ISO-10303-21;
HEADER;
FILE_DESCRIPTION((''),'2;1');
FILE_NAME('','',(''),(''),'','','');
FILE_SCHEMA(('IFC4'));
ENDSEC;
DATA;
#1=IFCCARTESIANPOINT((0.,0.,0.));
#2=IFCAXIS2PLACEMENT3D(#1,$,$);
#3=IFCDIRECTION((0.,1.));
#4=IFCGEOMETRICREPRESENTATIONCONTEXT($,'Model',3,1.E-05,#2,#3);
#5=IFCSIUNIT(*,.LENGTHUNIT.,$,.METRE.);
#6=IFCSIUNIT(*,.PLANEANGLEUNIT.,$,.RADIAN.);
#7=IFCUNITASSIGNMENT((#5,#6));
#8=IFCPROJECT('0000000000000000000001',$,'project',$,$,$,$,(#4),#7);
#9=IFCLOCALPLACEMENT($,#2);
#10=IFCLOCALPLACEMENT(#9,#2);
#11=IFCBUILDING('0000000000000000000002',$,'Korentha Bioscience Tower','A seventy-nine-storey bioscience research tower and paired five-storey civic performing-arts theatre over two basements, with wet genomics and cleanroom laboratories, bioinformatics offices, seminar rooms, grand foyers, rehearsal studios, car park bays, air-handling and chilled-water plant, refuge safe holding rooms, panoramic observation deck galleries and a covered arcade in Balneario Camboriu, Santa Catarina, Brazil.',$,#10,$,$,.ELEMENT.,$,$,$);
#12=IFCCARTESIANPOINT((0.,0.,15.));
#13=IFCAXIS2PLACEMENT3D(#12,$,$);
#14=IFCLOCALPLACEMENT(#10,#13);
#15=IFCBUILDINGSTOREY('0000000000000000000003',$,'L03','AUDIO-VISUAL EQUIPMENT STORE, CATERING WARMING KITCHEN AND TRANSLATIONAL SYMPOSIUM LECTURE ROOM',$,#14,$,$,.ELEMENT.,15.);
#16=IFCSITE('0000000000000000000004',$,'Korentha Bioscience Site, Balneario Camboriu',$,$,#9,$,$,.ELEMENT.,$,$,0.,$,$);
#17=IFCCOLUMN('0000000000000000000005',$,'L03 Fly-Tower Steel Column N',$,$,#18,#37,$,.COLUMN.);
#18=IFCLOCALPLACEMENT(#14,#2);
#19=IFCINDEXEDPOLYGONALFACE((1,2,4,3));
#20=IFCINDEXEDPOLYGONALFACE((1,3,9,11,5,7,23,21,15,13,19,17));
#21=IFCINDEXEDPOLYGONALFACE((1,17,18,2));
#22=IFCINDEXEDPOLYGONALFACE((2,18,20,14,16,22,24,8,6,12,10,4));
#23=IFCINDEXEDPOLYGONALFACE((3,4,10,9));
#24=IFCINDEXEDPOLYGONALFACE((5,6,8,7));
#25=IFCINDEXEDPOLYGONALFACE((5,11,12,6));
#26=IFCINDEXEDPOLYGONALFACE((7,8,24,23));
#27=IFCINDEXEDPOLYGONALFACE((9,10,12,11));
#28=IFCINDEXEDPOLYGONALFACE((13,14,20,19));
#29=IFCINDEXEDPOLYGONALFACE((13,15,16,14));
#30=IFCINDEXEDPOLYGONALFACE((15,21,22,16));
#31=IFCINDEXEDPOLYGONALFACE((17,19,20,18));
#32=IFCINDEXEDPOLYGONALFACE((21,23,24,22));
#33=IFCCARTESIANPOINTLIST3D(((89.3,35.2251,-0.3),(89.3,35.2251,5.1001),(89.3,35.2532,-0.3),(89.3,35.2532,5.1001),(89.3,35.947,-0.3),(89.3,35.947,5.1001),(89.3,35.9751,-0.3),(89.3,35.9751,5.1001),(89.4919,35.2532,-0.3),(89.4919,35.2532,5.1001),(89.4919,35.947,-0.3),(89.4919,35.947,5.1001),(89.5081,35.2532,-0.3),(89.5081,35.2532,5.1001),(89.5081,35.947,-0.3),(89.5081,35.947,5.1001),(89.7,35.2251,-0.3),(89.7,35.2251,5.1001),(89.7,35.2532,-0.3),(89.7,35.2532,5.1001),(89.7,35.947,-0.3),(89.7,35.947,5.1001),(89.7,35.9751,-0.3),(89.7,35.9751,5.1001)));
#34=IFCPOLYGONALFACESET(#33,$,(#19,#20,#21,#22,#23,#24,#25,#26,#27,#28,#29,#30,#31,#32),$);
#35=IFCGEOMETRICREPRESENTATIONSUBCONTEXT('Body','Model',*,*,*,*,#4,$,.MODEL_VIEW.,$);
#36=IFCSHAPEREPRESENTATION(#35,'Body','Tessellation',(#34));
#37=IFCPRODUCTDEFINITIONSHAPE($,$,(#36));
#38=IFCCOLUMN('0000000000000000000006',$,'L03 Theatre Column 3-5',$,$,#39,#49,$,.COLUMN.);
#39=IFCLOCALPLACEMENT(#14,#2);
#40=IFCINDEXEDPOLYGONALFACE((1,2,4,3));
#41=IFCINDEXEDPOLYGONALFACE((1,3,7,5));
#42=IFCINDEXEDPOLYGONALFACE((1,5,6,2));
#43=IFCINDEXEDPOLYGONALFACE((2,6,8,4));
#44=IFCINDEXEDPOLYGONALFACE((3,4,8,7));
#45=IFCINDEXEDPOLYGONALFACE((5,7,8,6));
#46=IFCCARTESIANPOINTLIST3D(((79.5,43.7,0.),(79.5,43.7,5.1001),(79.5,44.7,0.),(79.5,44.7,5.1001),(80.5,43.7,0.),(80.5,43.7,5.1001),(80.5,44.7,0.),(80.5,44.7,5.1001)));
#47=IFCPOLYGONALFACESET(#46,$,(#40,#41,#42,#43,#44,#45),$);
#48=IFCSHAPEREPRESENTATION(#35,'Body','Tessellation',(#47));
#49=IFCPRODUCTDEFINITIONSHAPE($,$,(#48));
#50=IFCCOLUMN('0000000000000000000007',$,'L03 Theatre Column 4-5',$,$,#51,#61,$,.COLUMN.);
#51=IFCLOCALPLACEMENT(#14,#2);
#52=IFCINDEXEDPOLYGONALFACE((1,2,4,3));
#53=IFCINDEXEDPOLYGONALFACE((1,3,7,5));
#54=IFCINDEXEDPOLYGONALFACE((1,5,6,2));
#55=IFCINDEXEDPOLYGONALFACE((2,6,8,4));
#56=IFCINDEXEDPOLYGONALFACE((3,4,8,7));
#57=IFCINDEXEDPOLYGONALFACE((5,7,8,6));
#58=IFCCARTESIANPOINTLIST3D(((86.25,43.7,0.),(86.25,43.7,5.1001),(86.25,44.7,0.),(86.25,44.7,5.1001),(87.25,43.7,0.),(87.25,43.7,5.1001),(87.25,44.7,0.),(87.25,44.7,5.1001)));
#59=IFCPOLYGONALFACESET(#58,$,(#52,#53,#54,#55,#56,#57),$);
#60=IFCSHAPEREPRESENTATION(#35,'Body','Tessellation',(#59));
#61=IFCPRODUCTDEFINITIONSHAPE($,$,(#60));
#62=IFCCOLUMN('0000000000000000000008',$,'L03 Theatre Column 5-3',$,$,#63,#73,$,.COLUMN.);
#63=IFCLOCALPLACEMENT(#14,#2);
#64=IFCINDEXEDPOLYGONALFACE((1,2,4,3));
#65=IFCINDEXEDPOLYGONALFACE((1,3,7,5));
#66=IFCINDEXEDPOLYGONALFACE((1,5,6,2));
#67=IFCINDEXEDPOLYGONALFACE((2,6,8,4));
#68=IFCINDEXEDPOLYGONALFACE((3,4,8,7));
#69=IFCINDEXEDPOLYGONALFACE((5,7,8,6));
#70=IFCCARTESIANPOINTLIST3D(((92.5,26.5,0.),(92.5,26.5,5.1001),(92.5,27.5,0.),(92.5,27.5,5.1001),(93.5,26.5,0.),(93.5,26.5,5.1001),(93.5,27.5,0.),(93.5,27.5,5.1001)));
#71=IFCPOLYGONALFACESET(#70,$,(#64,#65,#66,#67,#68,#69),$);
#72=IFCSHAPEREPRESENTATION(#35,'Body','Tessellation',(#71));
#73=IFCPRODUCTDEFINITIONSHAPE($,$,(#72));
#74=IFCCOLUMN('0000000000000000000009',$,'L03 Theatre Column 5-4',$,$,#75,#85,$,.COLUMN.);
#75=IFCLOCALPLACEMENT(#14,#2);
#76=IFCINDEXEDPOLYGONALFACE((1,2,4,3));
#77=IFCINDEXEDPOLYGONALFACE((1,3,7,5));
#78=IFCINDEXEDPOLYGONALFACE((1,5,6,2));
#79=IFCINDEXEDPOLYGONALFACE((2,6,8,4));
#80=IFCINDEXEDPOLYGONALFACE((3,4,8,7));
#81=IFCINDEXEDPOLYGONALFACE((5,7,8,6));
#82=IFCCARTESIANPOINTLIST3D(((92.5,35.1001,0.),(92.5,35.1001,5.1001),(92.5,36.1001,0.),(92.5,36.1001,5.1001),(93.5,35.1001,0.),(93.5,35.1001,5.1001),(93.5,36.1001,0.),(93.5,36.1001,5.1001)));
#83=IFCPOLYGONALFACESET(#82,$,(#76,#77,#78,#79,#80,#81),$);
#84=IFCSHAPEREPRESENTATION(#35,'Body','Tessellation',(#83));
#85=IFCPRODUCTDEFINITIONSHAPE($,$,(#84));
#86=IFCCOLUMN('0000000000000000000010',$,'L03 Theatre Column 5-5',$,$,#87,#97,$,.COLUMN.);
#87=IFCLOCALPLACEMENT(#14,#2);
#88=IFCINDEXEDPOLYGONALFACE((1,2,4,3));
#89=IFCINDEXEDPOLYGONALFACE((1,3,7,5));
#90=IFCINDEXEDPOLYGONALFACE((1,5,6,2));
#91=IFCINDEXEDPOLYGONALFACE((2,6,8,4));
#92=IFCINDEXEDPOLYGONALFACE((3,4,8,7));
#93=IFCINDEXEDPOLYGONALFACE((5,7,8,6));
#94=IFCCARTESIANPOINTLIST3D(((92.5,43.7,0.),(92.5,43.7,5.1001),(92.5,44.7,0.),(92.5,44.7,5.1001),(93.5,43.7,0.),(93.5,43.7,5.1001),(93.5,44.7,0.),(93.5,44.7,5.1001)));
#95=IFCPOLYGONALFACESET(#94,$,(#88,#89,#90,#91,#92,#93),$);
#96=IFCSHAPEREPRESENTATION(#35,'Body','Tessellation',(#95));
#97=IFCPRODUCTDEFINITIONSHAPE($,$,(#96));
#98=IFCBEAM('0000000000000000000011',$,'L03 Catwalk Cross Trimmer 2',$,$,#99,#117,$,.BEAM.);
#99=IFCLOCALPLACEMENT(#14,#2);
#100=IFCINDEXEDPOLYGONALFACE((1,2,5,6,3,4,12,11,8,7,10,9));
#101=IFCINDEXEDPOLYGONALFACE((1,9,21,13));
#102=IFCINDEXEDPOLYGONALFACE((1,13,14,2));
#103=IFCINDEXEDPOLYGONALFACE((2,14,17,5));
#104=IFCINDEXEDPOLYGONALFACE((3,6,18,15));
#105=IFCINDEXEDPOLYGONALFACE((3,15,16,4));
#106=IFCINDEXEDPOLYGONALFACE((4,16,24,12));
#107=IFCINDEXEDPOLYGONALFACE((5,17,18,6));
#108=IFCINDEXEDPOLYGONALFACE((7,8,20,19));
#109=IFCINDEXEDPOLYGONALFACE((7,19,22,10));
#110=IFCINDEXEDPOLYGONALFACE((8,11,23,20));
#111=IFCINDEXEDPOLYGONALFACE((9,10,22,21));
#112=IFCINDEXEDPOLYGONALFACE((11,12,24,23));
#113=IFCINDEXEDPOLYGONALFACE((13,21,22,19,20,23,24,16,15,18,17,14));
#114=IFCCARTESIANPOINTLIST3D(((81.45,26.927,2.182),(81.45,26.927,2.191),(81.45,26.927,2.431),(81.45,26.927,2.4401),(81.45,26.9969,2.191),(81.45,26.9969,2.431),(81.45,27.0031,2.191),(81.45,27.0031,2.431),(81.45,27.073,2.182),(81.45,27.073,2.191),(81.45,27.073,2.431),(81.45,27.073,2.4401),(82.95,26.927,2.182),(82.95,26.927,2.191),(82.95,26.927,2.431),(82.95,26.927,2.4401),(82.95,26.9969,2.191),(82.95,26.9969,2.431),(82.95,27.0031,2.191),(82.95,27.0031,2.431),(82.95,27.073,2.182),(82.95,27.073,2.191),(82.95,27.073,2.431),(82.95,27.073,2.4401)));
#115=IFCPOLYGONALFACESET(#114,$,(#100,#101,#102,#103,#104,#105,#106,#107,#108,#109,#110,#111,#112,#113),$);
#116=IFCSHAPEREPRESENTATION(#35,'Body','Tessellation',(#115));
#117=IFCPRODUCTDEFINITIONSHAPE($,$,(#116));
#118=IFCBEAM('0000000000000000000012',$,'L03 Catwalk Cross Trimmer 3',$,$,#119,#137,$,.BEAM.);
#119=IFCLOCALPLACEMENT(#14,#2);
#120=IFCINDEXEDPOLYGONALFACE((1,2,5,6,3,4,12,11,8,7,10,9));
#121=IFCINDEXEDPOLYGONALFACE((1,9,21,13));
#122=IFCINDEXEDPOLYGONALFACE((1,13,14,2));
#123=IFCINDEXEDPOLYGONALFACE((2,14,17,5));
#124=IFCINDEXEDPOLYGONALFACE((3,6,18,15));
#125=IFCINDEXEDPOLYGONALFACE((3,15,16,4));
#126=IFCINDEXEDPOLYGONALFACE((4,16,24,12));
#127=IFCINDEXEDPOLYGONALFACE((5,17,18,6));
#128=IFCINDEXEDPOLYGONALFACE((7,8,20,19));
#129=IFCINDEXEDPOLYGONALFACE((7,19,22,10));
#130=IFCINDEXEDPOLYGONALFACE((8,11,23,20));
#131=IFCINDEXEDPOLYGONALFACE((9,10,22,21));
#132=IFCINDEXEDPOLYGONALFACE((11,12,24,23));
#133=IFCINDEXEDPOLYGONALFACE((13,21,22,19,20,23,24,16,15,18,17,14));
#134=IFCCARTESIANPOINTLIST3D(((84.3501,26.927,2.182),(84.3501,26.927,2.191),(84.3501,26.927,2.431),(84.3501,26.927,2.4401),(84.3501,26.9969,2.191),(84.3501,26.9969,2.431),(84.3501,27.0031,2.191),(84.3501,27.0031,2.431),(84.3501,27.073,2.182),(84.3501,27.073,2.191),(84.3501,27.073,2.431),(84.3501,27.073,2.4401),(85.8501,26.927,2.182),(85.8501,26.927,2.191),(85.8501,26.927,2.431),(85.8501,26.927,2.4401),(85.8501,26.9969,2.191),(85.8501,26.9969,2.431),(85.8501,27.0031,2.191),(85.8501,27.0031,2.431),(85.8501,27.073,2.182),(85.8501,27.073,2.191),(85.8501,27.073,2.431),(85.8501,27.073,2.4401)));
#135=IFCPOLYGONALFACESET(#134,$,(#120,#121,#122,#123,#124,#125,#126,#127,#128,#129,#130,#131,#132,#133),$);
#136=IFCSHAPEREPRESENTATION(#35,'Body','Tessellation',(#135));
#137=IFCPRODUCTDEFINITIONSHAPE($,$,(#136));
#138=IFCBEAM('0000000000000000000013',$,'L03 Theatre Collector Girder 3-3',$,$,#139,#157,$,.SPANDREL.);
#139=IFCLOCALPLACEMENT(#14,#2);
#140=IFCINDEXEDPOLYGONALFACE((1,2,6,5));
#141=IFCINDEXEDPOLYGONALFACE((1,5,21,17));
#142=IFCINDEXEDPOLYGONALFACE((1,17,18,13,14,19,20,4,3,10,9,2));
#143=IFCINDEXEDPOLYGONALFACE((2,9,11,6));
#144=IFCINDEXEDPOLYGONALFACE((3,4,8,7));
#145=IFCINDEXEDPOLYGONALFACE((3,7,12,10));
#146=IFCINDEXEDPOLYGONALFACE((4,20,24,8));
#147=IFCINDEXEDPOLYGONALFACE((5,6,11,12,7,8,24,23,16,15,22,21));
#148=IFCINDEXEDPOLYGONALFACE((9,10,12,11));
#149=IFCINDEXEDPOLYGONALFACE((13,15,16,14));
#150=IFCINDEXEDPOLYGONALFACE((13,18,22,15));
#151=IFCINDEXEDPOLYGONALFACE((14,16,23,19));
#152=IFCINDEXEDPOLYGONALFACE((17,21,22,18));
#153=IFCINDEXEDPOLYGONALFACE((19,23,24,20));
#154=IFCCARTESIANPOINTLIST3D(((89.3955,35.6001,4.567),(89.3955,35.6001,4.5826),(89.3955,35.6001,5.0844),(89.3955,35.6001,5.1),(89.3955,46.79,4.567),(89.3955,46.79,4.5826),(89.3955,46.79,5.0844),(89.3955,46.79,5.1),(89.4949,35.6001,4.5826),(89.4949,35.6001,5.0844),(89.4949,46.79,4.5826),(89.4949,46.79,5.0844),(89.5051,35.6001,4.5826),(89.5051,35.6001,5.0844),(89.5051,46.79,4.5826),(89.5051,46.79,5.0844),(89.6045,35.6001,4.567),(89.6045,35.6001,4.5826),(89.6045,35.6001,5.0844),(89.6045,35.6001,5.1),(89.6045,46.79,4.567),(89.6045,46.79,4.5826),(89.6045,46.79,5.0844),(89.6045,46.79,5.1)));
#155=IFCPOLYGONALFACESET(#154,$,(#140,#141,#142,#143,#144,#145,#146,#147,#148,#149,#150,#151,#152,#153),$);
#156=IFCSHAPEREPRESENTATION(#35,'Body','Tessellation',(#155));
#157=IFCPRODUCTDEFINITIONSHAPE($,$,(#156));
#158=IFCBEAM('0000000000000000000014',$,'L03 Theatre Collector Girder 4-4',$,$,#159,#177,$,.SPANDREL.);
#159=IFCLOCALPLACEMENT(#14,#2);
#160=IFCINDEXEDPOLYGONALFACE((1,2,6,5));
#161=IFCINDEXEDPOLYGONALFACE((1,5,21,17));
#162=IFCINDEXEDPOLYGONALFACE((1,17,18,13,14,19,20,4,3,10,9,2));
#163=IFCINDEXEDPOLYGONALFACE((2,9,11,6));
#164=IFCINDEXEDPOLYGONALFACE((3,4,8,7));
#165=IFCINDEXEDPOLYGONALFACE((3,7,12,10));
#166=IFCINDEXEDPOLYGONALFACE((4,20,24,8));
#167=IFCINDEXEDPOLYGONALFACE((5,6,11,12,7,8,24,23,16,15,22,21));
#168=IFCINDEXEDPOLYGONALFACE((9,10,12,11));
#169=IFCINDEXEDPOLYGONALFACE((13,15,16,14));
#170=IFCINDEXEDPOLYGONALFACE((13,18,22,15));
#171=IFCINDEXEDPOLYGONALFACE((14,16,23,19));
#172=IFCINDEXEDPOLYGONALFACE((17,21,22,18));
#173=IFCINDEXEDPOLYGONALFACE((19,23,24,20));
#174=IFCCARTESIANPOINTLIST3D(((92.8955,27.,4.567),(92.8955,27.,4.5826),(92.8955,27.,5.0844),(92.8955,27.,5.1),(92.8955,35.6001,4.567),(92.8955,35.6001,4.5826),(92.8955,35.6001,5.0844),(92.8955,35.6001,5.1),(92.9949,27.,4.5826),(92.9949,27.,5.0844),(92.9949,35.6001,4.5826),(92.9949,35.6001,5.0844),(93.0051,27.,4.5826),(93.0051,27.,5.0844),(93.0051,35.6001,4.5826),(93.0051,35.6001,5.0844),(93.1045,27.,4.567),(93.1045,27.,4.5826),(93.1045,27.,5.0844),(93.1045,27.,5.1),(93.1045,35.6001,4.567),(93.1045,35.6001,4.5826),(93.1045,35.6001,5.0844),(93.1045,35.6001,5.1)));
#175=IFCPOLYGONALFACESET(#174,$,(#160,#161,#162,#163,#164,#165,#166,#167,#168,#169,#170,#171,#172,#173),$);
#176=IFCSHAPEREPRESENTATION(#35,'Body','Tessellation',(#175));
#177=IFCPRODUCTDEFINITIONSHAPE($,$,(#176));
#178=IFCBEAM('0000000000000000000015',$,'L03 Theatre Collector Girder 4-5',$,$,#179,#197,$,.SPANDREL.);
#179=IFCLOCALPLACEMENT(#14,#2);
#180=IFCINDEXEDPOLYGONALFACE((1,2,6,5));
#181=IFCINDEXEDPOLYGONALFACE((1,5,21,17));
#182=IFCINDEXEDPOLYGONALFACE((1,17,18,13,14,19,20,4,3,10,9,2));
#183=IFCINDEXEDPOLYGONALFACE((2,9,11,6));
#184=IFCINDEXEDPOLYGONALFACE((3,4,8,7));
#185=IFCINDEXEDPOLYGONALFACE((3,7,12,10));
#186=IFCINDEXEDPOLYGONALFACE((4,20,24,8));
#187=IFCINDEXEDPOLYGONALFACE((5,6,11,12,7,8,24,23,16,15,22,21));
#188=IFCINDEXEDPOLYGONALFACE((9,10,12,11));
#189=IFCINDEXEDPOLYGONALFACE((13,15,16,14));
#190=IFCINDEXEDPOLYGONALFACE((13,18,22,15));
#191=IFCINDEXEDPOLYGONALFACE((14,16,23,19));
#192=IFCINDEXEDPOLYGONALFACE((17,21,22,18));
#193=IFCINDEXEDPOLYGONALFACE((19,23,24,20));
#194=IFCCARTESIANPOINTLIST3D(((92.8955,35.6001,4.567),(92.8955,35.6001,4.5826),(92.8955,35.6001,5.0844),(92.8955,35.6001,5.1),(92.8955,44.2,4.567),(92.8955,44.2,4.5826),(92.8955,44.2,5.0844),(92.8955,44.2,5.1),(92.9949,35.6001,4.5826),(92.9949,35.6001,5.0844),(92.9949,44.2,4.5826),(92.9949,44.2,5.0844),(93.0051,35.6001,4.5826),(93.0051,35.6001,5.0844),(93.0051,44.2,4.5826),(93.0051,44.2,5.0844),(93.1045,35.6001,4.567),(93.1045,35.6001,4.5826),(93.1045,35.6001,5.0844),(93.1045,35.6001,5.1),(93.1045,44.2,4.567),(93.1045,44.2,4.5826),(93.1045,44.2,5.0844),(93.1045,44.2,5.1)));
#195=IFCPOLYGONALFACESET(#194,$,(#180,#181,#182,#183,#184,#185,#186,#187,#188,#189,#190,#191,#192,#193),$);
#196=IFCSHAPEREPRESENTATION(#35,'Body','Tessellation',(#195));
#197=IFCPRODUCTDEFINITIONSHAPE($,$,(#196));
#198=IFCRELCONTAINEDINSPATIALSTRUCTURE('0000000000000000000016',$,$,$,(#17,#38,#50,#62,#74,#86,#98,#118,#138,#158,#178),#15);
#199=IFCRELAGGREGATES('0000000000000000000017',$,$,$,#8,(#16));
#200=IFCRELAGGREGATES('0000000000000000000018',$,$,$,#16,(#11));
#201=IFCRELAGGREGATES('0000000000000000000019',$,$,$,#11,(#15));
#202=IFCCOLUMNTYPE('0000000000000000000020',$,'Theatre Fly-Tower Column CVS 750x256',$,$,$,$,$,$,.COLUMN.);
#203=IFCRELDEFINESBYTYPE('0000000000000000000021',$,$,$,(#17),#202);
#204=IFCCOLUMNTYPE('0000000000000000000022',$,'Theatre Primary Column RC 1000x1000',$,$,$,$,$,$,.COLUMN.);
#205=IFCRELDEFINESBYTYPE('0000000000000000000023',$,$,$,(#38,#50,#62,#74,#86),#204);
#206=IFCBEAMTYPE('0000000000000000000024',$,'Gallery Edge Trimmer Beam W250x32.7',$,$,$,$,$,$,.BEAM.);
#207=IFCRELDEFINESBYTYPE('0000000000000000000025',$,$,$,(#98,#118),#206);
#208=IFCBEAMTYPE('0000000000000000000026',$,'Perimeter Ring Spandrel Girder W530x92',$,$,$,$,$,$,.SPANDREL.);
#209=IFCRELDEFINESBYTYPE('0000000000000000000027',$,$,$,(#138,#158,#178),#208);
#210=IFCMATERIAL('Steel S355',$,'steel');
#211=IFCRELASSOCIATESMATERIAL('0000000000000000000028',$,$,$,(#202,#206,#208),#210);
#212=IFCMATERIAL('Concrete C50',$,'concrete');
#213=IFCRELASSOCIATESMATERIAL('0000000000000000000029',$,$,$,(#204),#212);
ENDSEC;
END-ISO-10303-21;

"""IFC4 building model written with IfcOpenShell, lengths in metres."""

from ifc_helpers import new_model, si_unit, direction, frame, origin, origin_2d, place, context, subcontext, project, spatial, rectangle, i_section, extrude, material, material_profile, profile_set, type_object, element, save


model = new_model("IFC4")

# Units and contexts
model_context = context("Model", 3, precision=1e-05, world=origin(), true_north=direction((0.0, 1.0)))
body_context = subcontext(model_context, "Body", "Model", "MODEL_VIEW")
ifc_project = project(units=[si_unit("LENGTHUNIT", "METRE"), si_unit("PLANEANGLEUNIT", "RADIAN")], contexts=[model_context])

# Site, building, storey
site_placement = place(None, origin())
site = spatial("IfcSite", under=ifc_project, at=site_placement, Name="Korentha Bioscience Site, Balneario Camboriu", CompositionType="ELEMENT", RefElevation=0.0)
building_placement = place(site_placement, origin())
building = spatial("IfcBuilding", under=site, at=building_placement, Name="Korentha Bioscience Tower", Description="A seventy-nine-storey bioscience research tower and paired five-storey civic performing-arts theatre over two basements, with wet genomics and cleanroom laboratories, bioinformatics offices, seminar rooms, grand foyers, rehearsal studios, car park bays, air-handling and chilled-water plant, refuge safe holding rooms, panoramic observation deck galleries and a covered arcade in Balneario Camboriu, Santa Catarina, Brazil.", CompositionType="ELEMENT")
storey_placement = place(building_placement, frame((0.0, 0.0, 15.0)))
storey = spatial("IfcBuildingStorey", under=building, at=storey_placement, Name="L03", Description="AUDIO-VISUAL EQUIPMENT STORE, CATERING WARMING KITCHEN AND TRANSLATIONAL SYMPOSIUM LECTURE ROOM", CompositionType="ELEMENT", Elevation=15.0)

# Columns
ifc_material_1 = material(Name="Steel S355", Category="steel")
ifc_material_profile_1 = material_profile(ifc_material_1, i_section(OverallWidth=0.3999, OverallDepth=0.75, WebThickness=0.0161, FlangeThickness=0.0281, at=origin_2d()), Name="Steel S355")
ifc_profile_set_1 = profile_set([ifc_material_profile_1], Name="Steel S355 (TC-02)")
column_type_1 = type_object("IfcColumnType", Name="Theatre Fly-Tower Column CVS 750x256", PredefinedType="COLUMN", material=ifc_profile_set_1)
column_placement = place(storey_placement, frame((89.5, 35.6001, -0.3), z_axis=(0.0, 0.0, 1.0), x_axis=(1.0, 0.0, 0.0)))
element("IfcColumn", 1, at=column_placement, inside=storey, type_object=column_type_1, Name="L03 Fly-Tower Steel Column N", PredefinedType="COLUMN", context=body_context, shape_type="SweptSolid", body=[
    extrude(i_section(OverallWidth=0.3999, OverallDepth=0.75, WebThickness=0.0161, FlangeThickness=0.0281, at=origin_2d()), origin(), (0.0, 0.0, 1.0), 5.4001),
])
ifc_material_2 = material(Name="Concrete C50", Category="concrete")
ifc_material_profile_2 = material_profile(ifc_material_2, rectangle(XDim=1.0, YDim=1.0, at=origin_2d()), Name="Concrete C50")
ifc_profile_set_2 = profile_set([ifc_material_profile_2], Name="Concrete C50 (TC-01)")
column_type_2 = type_object("IfcColumnType", Name="Theatre Primary Column RC 1000x1000", PredefinedType="COLUMN", material=ifc_profile_set_2)
for number, where, z_axis, x_axis, name in (
    (2, (80.0, 44.2, 0.0), (0.0, 0.0, 1.0), (1.0, 0.0, 0.0), "L03 Theatre Column 3-5"),
    (3, (86.75, 44.2, 0.0), (0.0, 0.0, 1.0), (1.0, 0.0, 0.0), "L03 Theatre Column 4-5"),
    (4, (93.0, 27.0, 0.0), (0.0, 0.0, 1.0), (1.0, 0.0, 0.0), "L03 Theatre Column 5-3"),
    (5, (93.0, 35.6001, 0.0), (0.0, 0.0, 1.0), (1.0, 0.0, 0.0), "L03 Theatre Column 5-4"),
    (6, (93.0, 44.2, 0.0), (0.0, 0.0, 1.0), (1.0, 0.0, 0.0), "L03 Theatre Column 5-5"),
):
    element("IfcColumn", number, at=place(storey_placement, frame(where, z_axis=z_axis, x_axis=x_axis)), inside=storey, type_object=column_type_2, Name=name, PredefinedType="COLUMN", context=body_context, shape_type="SweptSolid", body=[
        extrude(rectangle(XDim=1.0, YDim=1.0, at=origin_2d()), origin(), (0.0, 0.0, 1.0), 5.1001),
    ])

# Beams
ifc_material_profile_3 = material_profile(ifc_material_1, i_section(OverallWidth=0.146, OverallDepth=0.2581, WebThickness=0.0061, FlangeThickness=0.009, at=origin_2d()), Name="Steel S355")
ifc_profile_set_3 = profile_set([ifc_material_profile_3], Name="Steel S355 (GT-250)")
beam_type_1 = type_object("IfcBeamType", Name="Gallery Edge Trimmer Beam W250x32.7", PredefinedType="BEAM", material=ifc_profile_set_3)
for number, where, z_axis, x_axis, name in (
    (7, (81.45, 27.0, 2.311), (1.0, 0.0, 0.0), (0.0, 1.0, 0.0), "L03 Catwalk Cross Trimmer 2"),
    (8, (84.3501, 27.0, 2.311), (1.0, 0.0, 0.0), (0.0, 1.0, 0.0), "L03 Catwalk Cross Trimmer 3"),
):
    element("IfcBeam", number, at=place(storey_placement, frame(where, z_axis=z_axis, x_axis=x_axis)), inside=storey, type_object=beam_type_1, Name=name, PredefinedType="BEAM", context=body_context, shape_type="SweptSolid", body=[
        extrude(i_section(OverallWidth=0.146, OverallDepth=0.2581, WebThickness=0.0061, FlangeThickness=0.009, at=origin_2d()), origin(), (0.0, 0.0, 1.0), 1.5),
    ])
ifc_material_profile_4 = material_profile(ifc_material_1, i_section(OverallWidth=0.209, OverallDepth=0.533, WebThickness=0.0103, FlangeThickness=0.0156, at=origin_2d()), Name="Steel S355")
ifc_profile_set_4 = profile_set([ifc_material_profile_4], Name="Steel S355 (SB-530)")
beam_type_2 = type_object("IfcBeamType", Name="Perimeter Ring Spandrel Girder W530x92", PredefinedType="SPANDREL", material=ifc_profile_set_4)
beam_1_placement = place(storey_placement, frame((89.5, 35.6001, 4.8335), z_axis=(0.0, 1.0, 0.0), x_axis=(-1.0, 0.0, 0.0)))
element("IfcBeam", 9, at=beam_1_placement, inside=storey, type_object=beam_type_2, Name="L03 Theatre Collector Girder 3-3", PredefinedType="SPANDREL", context=body_context, shape_type="SweptSolid", body=[
    extrude(i_section(OverallWidth=0.209, OverallDepth=0.533, WebThickness=0.0103, FlangeThickness=0.0156, at=origin_2d()), origin(), (0.0, 0.0, 1.0), 11.1899),
])
beam_2_placement = place(storey_placement, frame((93.0, 27.0, 4.8335), z_axis=(0.0, 1.0, 0.0), x_axis=(-1.0, 0.0, 0.0)))
element("IfcBeam", 10, at=beam_2_placement, inside=storey, type_object=beam_type_2, Name="L03 Theatre Collector Girder 4-4", PredefinedType="SPANDREL", context=body_context, shape_type="SweptSolid", body=[
    extrude(i_section(OverallWidth=0.209, OverallDepth=0.533, WebThickness=0.0103, FlangeThickness=0.0156, at=origin_2d()), origin(), (0.0, 0.0, 1.0), 8.6001),
])
beam_3_placement = place(storey_placement, frame((93.0, 35.6001, 4.8335), z_axis=(0.0, 1.0, 0.0), x_axis=(-1.0, 0.0, 0.0)))
element("IfcBeam", 11, at=beam_3_placement, inside=storey, type_object=beam_type_2, Name="L03 Theatre Collector Girder 4-5", PredefinedType="SPANDREL", context=body_context, shape_type="SweptSolid", body=[
    extrude(i_section(OverallWidth=0.209, OverallDepth=0.533, WebThickness=0.0103, FlangeThickness=0.0156, at=origin_2d()), origin(), (0.0, 0.0, 1.0), 8.5999),
])

save(model, "model.ifc")
